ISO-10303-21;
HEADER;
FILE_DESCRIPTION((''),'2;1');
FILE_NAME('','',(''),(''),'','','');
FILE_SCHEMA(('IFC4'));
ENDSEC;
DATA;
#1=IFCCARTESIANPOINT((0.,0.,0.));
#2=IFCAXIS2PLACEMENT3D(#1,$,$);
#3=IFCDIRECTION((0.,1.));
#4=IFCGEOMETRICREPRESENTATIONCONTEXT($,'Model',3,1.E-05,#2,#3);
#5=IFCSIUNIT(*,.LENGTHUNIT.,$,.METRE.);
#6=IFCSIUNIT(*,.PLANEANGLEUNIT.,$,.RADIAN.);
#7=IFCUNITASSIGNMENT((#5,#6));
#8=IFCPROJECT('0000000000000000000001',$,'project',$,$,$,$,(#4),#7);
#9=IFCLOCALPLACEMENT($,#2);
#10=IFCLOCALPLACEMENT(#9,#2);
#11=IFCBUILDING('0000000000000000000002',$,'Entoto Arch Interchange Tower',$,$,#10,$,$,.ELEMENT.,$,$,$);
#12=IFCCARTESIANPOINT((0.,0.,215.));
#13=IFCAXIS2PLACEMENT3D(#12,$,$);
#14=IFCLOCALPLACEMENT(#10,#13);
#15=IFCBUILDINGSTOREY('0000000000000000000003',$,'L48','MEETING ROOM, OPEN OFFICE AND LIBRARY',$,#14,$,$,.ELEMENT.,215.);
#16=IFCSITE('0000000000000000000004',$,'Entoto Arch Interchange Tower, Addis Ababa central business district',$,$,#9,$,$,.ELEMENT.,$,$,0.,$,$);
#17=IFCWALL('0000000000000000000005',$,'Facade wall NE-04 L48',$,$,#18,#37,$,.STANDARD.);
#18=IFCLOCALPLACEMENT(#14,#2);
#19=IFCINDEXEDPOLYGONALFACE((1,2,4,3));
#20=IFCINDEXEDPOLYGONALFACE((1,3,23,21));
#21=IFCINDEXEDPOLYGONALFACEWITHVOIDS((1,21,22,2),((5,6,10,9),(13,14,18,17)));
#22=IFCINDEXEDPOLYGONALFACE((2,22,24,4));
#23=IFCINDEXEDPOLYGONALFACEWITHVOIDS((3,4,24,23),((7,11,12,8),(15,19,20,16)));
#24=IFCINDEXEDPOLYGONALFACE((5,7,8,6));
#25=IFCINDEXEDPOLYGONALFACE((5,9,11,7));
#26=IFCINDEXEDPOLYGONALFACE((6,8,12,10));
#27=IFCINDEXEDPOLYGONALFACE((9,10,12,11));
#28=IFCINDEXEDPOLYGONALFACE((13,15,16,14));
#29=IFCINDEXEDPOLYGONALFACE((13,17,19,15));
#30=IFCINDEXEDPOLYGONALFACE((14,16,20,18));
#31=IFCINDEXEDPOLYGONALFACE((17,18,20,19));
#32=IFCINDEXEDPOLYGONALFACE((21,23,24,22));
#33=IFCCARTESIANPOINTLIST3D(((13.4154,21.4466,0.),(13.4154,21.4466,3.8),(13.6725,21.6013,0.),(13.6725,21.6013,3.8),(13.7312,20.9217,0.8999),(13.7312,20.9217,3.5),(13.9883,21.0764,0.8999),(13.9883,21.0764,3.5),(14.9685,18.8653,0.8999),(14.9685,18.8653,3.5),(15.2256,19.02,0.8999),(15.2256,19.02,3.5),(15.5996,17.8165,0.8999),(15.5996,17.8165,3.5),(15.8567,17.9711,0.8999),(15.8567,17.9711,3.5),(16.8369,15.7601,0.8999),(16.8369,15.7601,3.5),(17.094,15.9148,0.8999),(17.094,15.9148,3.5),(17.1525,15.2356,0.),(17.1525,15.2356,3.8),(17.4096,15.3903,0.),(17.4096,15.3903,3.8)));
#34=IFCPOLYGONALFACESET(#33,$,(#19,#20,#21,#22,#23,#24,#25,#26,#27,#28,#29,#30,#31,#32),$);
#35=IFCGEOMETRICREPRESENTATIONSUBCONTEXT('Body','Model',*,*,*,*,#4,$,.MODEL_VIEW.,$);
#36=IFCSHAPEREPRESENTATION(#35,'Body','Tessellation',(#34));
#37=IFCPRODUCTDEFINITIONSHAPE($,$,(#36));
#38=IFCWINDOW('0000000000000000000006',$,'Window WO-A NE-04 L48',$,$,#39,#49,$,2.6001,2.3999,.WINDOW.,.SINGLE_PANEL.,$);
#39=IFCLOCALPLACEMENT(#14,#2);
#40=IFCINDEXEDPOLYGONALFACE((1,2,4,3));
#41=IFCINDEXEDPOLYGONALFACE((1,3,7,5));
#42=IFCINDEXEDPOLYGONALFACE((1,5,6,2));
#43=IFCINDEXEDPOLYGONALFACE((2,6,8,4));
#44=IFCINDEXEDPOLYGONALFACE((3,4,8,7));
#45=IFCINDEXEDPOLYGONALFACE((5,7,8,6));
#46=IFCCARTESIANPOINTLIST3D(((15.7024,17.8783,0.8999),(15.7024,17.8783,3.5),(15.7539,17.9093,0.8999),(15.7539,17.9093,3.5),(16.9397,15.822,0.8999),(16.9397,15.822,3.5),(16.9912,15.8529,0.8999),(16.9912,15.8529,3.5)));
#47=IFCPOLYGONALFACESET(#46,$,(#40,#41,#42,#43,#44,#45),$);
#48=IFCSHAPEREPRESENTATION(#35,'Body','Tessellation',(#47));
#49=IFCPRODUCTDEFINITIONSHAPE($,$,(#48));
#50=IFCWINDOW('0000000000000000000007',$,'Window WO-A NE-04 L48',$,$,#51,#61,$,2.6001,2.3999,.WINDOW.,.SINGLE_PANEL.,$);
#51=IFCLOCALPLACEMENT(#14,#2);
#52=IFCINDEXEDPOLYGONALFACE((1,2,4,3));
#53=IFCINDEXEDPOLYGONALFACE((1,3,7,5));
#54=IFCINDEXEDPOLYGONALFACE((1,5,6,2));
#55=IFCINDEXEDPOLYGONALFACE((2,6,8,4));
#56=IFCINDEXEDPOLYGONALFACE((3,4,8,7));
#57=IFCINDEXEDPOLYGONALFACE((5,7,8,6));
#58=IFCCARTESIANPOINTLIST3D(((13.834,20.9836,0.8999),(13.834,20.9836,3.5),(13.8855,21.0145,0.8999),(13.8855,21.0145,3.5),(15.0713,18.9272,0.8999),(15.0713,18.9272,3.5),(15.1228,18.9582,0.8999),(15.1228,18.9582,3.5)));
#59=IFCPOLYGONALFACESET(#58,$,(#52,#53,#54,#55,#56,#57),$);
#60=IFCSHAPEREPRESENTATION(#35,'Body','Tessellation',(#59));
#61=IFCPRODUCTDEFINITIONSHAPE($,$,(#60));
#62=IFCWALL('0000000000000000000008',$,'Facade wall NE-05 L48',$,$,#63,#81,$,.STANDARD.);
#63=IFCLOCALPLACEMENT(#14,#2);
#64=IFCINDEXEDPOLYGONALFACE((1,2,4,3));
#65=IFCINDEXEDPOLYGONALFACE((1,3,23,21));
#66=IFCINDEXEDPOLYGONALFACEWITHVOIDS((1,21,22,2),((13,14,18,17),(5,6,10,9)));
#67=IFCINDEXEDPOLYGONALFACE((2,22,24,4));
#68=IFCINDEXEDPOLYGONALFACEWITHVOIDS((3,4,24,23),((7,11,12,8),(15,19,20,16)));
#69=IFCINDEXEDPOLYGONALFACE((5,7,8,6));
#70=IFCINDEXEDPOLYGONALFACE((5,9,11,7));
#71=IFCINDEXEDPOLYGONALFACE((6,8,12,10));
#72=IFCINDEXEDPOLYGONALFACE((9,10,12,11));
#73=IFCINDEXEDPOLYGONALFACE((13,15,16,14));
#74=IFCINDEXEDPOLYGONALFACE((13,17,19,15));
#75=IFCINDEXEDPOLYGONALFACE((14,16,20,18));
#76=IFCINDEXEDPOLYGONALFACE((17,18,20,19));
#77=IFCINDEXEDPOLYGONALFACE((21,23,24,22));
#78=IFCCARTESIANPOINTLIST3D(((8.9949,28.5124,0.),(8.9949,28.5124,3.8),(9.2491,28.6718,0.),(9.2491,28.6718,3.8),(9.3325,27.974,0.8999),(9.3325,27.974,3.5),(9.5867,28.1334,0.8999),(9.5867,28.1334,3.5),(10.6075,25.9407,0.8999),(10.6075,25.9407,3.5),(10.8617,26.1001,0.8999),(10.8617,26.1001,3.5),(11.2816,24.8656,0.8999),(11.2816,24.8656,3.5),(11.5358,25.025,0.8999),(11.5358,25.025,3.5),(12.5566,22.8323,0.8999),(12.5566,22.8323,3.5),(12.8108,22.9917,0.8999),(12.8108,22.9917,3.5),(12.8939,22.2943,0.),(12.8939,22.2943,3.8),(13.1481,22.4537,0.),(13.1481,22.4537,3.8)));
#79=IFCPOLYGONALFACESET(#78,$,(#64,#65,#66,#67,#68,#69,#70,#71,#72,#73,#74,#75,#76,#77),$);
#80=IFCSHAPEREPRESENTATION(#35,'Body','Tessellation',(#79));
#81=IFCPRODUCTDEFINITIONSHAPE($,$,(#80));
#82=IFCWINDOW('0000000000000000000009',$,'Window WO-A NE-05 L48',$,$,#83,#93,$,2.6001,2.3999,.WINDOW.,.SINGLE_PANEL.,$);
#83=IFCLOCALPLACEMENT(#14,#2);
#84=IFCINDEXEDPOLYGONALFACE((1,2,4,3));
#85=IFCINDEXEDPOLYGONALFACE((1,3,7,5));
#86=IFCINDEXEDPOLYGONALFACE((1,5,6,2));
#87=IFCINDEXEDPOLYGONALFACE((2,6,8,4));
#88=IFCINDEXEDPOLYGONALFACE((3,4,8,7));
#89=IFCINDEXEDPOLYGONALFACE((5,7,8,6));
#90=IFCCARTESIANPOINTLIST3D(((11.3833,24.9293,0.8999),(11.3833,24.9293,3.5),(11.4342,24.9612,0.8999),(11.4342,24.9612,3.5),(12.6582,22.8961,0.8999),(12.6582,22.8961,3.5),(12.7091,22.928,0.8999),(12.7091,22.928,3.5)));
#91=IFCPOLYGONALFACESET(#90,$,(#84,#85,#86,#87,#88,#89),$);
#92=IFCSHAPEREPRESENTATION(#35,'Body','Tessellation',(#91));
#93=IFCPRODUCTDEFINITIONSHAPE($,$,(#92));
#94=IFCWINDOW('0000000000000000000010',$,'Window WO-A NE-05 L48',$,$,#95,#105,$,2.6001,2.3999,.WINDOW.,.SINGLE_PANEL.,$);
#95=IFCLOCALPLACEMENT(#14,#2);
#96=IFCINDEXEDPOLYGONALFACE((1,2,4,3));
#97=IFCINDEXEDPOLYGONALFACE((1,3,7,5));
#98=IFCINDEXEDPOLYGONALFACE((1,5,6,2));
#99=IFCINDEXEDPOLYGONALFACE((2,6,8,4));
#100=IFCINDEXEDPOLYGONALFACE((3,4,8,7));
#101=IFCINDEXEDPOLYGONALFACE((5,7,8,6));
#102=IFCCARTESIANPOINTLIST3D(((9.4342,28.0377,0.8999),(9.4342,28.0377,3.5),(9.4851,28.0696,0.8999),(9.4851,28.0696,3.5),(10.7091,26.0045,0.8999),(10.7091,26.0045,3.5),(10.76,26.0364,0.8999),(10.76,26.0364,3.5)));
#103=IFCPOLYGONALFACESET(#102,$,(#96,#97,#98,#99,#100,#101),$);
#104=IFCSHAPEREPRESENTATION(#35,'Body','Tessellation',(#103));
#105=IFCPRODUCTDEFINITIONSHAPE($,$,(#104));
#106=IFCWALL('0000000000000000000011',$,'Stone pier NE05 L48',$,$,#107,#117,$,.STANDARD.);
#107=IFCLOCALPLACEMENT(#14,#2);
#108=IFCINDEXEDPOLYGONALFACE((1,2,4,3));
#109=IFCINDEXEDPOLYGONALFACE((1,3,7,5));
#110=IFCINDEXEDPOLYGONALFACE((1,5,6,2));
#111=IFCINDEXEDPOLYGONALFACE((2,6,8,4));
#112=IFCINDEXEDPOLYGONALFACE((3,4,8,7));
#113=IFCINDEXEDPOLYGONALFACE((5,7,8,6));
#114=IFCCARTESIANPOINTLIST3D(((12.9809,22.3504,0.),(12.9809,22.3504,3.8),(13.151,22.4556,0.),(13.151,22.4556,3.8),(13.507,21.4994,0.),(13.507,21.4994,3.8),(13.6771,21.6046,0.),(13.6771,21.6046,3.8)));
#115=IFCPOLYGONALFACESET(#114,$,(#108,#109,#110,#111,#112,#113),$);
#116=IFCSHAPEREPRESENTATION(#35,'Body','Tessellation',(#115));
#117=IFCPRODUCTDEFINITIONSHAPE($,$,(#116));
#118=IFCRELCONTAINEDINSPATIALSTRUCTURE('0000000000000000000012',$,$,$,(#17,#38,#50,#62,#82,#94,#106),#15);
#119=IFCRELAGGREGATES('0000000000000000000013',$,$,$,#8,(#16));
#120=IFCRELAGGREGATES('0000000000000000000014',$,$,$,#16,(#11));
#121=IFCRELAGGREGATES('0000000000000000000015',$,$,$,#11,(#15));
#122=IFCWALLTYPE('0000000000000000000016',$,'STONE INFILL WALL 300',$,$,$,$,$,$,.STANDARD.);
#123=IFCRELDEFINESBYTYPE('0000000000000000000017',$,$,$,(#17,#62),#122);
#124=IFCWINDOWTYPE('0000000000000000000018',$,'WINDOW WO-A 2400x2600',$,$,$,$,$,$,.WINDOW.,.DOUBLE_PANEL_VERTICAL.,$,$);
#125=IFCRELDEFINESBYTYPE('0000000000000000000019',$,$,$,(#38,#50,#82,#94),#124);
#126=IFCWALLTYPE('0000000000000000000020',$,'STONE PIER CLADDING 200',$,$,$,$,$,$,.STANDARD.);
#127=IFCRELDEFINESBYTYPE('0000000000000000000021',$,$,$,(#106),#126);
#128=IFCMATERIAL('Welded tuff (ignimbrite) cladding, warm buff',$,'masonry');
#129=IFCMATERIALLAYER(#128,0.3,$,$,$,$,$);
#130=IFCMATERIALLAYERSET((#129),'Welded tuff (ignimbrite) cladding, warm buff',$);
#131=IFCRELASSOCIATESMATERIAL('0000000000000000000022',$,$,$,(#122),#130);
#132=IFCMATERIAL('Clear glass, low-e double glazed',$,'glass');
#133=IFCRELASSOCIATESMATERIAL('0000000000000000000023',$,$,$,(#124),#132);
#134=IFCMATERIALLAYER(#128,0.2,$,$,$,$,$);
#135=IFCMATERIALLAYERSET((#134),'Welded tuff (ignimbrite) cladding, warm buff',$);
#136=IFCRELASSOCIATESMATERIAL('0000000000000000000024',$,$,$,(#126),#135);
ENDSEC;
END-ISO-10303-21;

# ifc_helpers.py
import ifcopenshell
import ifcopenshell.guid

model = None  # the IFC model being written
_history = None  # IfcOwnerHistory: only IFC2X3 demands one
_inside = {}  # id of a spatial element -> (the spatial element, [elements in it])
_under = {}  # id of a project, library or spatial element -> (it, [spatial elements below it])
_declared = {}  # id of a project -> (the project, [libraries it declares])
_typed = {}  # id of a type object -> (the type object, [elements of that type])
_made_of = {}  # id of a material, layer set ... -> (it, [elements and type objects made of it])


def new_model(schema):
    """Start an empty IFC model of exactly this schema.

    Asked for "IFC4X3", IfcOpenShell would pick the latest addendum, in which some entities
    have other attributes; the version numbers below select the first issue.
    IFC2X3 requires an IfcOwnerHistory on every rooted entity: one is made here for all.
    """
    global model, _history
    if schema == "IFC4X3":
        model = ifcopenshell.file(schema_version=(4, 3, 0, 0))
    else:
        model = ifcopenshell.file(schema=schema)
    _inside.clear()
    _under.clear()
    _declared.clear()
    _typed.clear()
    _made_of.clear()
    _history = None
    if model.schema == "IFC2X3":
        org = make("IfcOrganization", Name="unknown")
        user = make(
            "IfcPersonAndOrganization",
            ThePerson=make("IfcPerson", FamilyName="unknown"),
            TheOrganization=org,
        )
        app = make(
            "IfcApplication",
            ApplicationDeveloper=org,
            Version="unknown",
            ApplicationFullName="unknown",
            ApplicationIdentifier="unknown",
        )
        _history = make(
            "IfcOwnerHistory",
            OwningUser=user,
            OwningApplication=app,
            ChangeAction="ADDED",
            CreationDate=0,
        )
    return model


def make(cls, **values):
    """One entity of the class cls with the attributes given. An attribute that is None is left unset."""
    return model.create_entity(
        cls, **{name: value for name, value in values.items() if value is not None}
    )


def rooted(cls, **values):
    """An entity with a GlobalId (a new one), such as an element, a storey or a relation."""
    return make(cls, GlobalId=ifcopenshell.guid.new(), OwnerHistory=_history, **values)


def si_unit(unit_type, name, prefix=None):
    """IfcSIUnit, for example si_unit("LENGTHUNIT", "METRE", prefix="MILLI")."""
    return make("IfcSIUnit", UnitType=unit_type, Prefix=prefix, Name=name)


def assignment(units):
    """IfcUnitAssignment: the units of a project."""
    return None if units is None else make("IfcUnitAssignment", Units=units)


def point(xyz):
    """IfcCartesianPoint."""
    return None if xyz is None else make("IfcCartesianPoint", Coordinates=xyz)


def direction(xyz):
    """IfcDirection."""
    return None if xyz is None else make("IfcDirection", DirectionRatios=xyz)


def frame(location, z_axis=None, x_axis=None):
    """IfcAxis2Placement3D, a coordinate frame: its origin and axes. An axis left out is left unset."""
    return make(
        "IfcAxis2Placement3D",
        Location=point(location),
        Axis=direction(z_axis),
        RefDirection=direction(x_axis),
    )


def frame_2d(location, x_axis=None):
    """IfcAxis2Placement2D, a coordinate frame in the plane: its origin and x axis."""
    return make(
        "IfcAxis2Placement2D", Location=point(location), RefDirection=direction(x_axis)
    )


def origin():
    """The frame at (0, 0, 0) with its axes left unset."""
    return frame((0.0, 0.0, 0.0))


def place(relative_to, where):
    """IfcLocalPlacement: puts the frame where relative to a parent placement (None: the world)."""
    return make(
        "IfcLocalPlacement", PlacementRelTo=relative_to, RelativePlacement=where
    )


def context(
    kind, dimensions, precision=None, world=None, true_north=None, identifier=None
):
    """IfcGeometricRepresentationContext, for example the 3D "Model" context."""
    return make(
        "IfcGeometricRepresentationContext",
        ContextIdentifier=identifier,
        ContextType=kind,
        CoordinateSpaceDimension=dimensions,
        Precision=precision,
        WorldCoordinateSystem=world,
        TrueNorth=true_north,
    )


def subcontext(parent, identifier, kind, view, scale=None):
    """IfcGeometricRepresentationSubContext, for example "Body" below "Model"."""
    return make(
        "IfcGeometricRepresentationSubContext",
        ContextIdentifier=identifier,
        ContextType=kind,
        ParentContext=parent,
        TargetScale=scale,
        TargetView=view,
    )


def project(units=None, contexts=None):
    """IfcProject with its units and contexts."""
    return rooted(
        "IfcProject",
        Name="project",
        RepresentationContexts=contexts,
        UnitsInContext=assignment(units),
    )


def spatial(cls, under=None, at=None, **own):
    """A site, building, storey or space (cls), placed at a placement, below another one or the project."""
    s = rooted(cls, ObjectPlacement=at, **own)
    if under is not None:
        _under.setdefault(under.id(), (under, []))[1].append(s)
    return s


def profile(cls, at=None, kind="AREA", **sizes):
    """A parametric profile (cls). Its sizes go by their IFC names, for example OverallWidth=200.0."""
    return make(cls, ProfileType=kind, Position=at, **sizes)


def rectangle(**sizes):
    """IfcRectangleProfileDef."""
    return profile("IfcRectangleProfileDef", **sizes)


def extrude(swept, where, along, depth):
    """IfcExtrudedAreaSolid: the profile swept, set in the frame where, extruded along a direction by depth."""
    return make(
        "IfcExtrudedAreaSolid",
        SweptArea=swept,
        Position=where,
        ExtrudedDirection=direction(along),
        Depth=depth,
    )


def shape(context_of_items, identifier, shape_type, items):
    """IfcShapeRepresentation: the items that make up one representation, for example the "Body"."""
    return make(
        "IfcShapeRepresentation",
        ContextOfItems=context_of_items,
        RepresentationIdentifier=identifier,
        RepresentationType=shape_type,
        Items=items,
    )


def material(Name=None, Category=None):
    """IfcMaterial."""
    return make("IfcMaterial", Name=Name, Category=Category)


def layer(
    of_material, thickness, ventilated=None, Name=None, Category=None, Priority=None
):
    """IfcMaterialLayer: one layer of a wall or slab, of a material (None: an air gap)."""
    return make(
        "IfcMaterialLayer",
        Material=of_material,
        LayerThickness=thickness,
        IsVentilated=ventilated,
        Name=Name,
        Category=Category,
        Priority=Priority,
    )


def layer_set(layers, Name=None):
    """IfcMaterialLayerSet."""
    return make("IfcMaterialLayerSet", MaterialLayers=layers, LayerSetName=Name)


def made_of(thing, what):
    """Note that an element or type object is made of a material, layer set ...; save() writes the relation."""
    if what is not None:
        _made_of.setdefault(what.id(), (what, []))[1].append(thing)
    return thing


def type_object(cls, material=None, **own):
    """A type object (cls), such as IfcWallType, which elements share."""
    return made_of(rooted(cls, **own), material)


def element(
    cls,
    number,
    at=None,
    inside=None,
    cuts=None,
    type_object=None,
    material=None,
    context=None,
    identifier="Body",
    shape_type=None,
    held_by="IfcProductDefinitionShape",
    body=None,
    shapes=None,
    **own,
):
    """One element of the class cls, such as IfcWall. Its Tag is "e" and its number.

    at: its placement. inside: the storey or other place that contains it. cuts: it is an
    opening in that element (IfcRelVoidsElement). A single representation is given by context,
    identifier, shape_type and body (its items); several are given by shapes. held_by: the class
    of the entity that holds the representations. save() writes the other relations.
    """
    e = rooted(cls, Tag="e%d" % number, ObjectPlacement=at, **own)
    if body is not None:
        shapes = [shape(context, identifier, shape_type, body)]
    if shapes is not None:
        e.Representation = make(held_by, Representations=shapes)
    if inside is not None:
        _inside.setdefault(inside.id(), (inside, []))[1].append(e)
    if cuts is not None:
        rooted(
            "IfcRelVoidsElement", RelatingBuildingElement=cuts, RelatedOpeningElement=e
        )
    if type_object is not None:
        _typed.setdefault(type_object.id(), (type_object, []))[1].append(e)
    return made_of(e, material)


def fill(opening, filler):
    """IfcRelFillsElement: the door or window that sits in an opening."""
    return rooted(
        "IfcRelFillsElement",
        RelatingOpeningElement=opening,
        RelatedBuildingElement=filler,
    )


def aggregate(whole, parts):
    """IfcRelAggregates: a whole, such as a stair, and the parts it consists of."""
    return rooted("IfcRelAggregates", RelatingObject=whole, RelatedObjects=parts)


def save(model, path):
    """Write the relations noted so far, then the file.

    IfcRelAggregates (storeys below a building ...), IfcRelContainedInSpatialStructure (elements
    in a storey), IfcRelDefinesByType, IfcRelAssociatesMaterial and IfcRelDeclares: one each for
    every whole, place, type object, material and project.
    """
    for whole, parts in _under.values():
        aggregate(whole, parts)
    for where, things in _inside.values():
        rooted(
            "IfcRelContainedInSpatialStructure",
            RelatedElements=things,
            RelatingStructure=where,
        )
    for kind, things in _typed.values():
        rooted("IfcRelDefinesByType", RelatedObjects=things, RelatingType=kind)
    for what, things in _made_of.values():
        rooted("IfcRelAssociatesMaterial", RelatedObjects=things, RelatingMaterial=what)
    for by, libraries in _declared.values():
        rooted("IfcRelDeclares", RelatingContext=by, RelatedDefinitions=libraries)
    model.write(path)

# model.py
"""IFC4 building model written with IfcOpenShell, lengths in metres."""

from ifc_helpers import new_model, si_unit, direction, frame, frame_2d, origin, place, context, subcontext, project, spatial, rectangle, extrude, material, layer, layer_set, type_object, element, fill, save


model = new_model("IFC4")

# Units and contexts
model_context = context("Model", 3, precision=1e-05, world=origin(), true_north=direction((0.0, 1.0)))
body_context = subcontext(model_context, "Body", "Model", "MODEL_VIEW")
ifc_project = project(units=[si_unit("LENGTHUNIT", "METRE"), si_unit("PLANEANGLEUNIT", "RADIAN")], contexts=[model_context])

# Site, building, storey
site_placement = place(None, origin())
site = spatial("IfcSite", under=ifc_project, at=site_placement, Name="Entoto Arch Interchange Tower, Addis Ababa central business district", CompositionType="ELEMENT", RefElevation=0.0)
building_placement = place(site_placement, origin())
building = spatial("IfcBuilding", under=site, at=building_placement, Name="Entoto Arch Interchange Tower", CompositionType="ELEMENT")
storey_placement = place(building_placement, frame((0.0, 0.0, 215.0)))
storey = spatial("IfcBuildingStorey", under=building, at=storey_placement, Name="L48", Description="MEETING ROOM, OPEN OFFICE AND LIBRARY", CompositionType="ELEMENT", Elevation=215.0)

# Walls, openings, windows
ifc_material_1 = material(Name="Welded tuff (ignimbrite) cladding, warm buff", Category="masonry")
ifc_layer_1 = layer(ifc_material_1, 0.3)
ifc_layer_set_1 = layer_set([ifc_layer_1], Name="Welded tuff (ignimbrite) cladding, warm buff")
wall_type_1 = type_object("IfcWallType", Name="STONE INFILL WALL 300", PredefinedType="STANDARD", material=ifc_layer_set_1)
wall_1_placement = place(storey_placement, frame((17.281, 15.313, 0.0), z_axis=(0.0, 0.0, 1.0), x_axis=(-0.51556, 0.856853, 0.0)))
wall_1 = element("IfcWall", 1, at=wall_1_placement, inside=storey, type_object=wall_type_1, Name="Facade wall NE-04 L48", PredefinedType="STANDARD", context=body_context, shape_type="SweptSolid", body=[
    extrude(rectangle(XDim=7.2485, YDim=0.3, at=frame_2d((3.6243, 0.0))), origin(), (0.0, 0.0, 1.0), 3.8),
])
opening_1_placement = place(wall_1_placement, frame((0.6121, 0.0, 0.8999)))
opening_1 = element("IfcOpeningElement", 2, at=opening_1_placement, cuts=wall_1, PredefinedType="OPENING", context=body_context, shape_type="SweptSolid", body=[
    extrude(rectangle(XDim=2.3999, YDim=2.6001, at=frame_2d((1.2, 1.3))), frame((0.0, 0.1602, 0.0), z_axis=(0.0, -1.0, 0.0), x_axis=(1.0, 0.0, 0.0)), (0.0, 0.0, 1.0), 0.3201),
])
opening_2_placement = place(wall_1_placement, frame((4.2361, 0.0, 0.8999)))
opening_2 = element("IfcOpeningElement", 3, at=opening_2_placement, cuts=wall_1, PredefinedType="OPENING", context=body_context, shape_type="SweptSolid", body=[
    extrude(rectangle(XDim=2.3999, YDim=2.6001, at=frame_2d((1.2, 1.3))), frame((0.0, 0.1602, 0.0), z_axis=(0.0, -1.0, 0.0), x_axis=(1.0, 0.0, 0.0)), (0.0, 0.0, 1.0), 0.3201),
])
ifc_material_2 = material(Name="Clear glass, low-e double glazed", Category="glass")
window_type = type_object("IfcWindowType", Name="WINDOW WO-A 2400x2600", PartitioningType="DOUBLE_PANEL_VERTICAL", PredefinedType="WINDOW", material=ifc_material_2)
window_1_placement = place(opening_1_placement, origin())
window_1 = element("IfcWindow", 4, at=window_1_placement, inside=storey, type_object=window_type, Name="Window WO-A NE-04 L48", OverallHeight=2.6001, OverallWidth=2.3999, PartitioningType="SINGLE_PANEL", PredefinedType="WINDOW", context=body_context, shape_type="SweptSolid", body=[
    extrude(rectangle(XDim=2.3999, YDim=2.6001, at=frame_2d((1.2, 1.3))), frame((0.0, 0.03, 0.0), z_axis=(0.0, -1.0, 0.0), x_axis=(1.0, 0.0, 0.0)), (0.0, 0.0, 1.0), 0.0601),
])
fill(opening_1, window_1)
window_2_placement = place(opening_2_placement, origin())
window_2 = element("IfcWindow", 5, at=window_2_placement, inside=storey, type_object=window_type, Name="Window WO-A NE-04 L48", OverallHeight=2.6001, OverallWidth=2.3999, PartitioningType="SINGLE_PANEL", PredefinedType="WINDOW", context=body_context, shape_type="SweptSolid", body=[
    extrude(rectangle(XDim=2.3999, YDim=2.6001, at=frame_2d((1.2, 1.3))), frame((0.0, 0.03, 0.0), z_axis=(0.0, -1.0, 0.0), x_axis=(1.0, 0.0, 0.0)), (0.0, 0.0, 1.0), 0.0601),
])
fill(opening_2, window_2)
wall_2_placement = place(storey_placement, frame((13.021, 22.374, 0.0), z_axis=(0.0, 0.0, 1.0), x_axis=(-0.531239, 0.847222, 0.0)))
wall_2 = element("IfcWall", 6, at=wall_2_placement, inside=storey, type_object=wall_type_1, Name="Facade wall NE-05 L48", PredefinedType="STANDARD", context=body_context, shape_type="SweptSolid", body=[
    extrude(rectangle(XDim=7.3394, YDim=0.3, at=frame_2d((3.6697, 0.0))), origin(), (0.0, 0.0, 1.0), 3.8),
])
opening_3_placement = place(wall_2_placement, frame((0.635, 0.0, 0.8999)))
opening_3 = element("IfcOpeningElement", 7, at=opening_3_placement, cuts=wall_2, PredefinedType="OPENING", context=body_context, shape_type="SweptSolid", body=[
    extrude(rectangle(XDim=2.3999, YDim=2.6001, at=frame_2d((1.2, 1.3))), frame((0.0, 0.1602, 0.0), z_axis=(0.0, -1.0, 0.0), x_axis=(1.0, 0.0, 0.0)), (0.0, 0.0, 1.0), 0.3201),
])
opening_4_placement = place(wall_2_placement, frame((4.304, 0.0, 0.8999)))
opening_4 = element("IfcOpeningElement", 8, at=opening_4_placement, cuts=wall_2, PredefinedType="OPENING", context=body_context, shape_type="SweptSolid", body=[
    extrude(rectangle(XDim=2.3999, YDim=2.6001, at=frame_2d((1.2, 1.3))), frame((0.0, 0.1602, 0.0), z_axis=(0.0, -1.0, 0.0), x_axis=(1.0, 0.0, 0.0)), (0.0, 0.0, 1.0), 0.3201),
])
window_3_placement = place(opening_3_placement, origin())
window_3 = element("IfcWindow", 9, at=window_3_placement, inside=storey, type_object=window_type, Name="Window WO-A NE-05 L48", OverallHeight=2.6001, OverallWidth=2.3999, PartitioningType="SINGLE_PANEL", PredefinedType="WINDOW", context=body_context, shape_type="SweptSolid", body=[
    extrude(rectangle(XDim=2.3999, YDim=2.6001, at=frame_2d((1.2, 1.3))), frame((0.0, 0.03, 0.0), z_axis=(0.0, -1.0, 0.0), x_axis=(1.0, 0.0, 0.0)), (0.0, 0.0, 1.0), 0.0601),
])
fill(opening_3, window_3)
window_4_placement = place(opening_4_placement, origin())
window_4 = element("IfcWindow", 10, at=window_4_placement, inside=storey, type_object=window_type, Name="Window WO-A NE-05 L48", OverallHeight=2.6001, OverallWidth=2.3999, PartitioningType="SINGLE_PANEL", PredefinedType="WINDOW", context=body_context, shape_type="SweptSolid", body=[
    extrude(rectangle(XDim=2.3999, YDim=2.6001, at=frame_2d((1.2, 1.3))), frame((0.0, 0.03, 0.0), z_axis=(0.0, -1.0, 0.0), x_axis=(1.0, 0.0, 0.0)), (0.0, 0.0, 1.0), 0.0601),
])
fill(opening_4, window_4)

# Wall
ifc_layer_2 = layer(ifc_material_1, 0.2)
ifc_layer_set_2 = layer_set([ifc_layer_2], Name="Welded tuff (ignimbrite) cladding, warm buff")
wall_type_2 = type_object("IfcWallType", Name="STONE PIER CLADDING 200", PredefinedType="STANDARD", material=ifc_layer_set_2)
wall_3_placement = place(storey_placement, frame((13.592, 21.552, 0.0), z_axis=(0.0, 0.0, 1.0), x_axis=(-0.525825, 0.850593, 0.0)))
element("IfcWall", 11, at=wall_3_placement, inside=storey, type_object=wall_type_2, Name="Stone pier NE05 L48", PredefinedType="STANDARD", context=body_context, shape_type="SweptSolid", body=[
    extrude(rectangle(XDim=1.0005, YDim=0.2, at=frame_2d((0.5002, 0.0))), origin(), (0.0, 0.0, 1.0), 3.8),
])

save(model, "model.ifc")
